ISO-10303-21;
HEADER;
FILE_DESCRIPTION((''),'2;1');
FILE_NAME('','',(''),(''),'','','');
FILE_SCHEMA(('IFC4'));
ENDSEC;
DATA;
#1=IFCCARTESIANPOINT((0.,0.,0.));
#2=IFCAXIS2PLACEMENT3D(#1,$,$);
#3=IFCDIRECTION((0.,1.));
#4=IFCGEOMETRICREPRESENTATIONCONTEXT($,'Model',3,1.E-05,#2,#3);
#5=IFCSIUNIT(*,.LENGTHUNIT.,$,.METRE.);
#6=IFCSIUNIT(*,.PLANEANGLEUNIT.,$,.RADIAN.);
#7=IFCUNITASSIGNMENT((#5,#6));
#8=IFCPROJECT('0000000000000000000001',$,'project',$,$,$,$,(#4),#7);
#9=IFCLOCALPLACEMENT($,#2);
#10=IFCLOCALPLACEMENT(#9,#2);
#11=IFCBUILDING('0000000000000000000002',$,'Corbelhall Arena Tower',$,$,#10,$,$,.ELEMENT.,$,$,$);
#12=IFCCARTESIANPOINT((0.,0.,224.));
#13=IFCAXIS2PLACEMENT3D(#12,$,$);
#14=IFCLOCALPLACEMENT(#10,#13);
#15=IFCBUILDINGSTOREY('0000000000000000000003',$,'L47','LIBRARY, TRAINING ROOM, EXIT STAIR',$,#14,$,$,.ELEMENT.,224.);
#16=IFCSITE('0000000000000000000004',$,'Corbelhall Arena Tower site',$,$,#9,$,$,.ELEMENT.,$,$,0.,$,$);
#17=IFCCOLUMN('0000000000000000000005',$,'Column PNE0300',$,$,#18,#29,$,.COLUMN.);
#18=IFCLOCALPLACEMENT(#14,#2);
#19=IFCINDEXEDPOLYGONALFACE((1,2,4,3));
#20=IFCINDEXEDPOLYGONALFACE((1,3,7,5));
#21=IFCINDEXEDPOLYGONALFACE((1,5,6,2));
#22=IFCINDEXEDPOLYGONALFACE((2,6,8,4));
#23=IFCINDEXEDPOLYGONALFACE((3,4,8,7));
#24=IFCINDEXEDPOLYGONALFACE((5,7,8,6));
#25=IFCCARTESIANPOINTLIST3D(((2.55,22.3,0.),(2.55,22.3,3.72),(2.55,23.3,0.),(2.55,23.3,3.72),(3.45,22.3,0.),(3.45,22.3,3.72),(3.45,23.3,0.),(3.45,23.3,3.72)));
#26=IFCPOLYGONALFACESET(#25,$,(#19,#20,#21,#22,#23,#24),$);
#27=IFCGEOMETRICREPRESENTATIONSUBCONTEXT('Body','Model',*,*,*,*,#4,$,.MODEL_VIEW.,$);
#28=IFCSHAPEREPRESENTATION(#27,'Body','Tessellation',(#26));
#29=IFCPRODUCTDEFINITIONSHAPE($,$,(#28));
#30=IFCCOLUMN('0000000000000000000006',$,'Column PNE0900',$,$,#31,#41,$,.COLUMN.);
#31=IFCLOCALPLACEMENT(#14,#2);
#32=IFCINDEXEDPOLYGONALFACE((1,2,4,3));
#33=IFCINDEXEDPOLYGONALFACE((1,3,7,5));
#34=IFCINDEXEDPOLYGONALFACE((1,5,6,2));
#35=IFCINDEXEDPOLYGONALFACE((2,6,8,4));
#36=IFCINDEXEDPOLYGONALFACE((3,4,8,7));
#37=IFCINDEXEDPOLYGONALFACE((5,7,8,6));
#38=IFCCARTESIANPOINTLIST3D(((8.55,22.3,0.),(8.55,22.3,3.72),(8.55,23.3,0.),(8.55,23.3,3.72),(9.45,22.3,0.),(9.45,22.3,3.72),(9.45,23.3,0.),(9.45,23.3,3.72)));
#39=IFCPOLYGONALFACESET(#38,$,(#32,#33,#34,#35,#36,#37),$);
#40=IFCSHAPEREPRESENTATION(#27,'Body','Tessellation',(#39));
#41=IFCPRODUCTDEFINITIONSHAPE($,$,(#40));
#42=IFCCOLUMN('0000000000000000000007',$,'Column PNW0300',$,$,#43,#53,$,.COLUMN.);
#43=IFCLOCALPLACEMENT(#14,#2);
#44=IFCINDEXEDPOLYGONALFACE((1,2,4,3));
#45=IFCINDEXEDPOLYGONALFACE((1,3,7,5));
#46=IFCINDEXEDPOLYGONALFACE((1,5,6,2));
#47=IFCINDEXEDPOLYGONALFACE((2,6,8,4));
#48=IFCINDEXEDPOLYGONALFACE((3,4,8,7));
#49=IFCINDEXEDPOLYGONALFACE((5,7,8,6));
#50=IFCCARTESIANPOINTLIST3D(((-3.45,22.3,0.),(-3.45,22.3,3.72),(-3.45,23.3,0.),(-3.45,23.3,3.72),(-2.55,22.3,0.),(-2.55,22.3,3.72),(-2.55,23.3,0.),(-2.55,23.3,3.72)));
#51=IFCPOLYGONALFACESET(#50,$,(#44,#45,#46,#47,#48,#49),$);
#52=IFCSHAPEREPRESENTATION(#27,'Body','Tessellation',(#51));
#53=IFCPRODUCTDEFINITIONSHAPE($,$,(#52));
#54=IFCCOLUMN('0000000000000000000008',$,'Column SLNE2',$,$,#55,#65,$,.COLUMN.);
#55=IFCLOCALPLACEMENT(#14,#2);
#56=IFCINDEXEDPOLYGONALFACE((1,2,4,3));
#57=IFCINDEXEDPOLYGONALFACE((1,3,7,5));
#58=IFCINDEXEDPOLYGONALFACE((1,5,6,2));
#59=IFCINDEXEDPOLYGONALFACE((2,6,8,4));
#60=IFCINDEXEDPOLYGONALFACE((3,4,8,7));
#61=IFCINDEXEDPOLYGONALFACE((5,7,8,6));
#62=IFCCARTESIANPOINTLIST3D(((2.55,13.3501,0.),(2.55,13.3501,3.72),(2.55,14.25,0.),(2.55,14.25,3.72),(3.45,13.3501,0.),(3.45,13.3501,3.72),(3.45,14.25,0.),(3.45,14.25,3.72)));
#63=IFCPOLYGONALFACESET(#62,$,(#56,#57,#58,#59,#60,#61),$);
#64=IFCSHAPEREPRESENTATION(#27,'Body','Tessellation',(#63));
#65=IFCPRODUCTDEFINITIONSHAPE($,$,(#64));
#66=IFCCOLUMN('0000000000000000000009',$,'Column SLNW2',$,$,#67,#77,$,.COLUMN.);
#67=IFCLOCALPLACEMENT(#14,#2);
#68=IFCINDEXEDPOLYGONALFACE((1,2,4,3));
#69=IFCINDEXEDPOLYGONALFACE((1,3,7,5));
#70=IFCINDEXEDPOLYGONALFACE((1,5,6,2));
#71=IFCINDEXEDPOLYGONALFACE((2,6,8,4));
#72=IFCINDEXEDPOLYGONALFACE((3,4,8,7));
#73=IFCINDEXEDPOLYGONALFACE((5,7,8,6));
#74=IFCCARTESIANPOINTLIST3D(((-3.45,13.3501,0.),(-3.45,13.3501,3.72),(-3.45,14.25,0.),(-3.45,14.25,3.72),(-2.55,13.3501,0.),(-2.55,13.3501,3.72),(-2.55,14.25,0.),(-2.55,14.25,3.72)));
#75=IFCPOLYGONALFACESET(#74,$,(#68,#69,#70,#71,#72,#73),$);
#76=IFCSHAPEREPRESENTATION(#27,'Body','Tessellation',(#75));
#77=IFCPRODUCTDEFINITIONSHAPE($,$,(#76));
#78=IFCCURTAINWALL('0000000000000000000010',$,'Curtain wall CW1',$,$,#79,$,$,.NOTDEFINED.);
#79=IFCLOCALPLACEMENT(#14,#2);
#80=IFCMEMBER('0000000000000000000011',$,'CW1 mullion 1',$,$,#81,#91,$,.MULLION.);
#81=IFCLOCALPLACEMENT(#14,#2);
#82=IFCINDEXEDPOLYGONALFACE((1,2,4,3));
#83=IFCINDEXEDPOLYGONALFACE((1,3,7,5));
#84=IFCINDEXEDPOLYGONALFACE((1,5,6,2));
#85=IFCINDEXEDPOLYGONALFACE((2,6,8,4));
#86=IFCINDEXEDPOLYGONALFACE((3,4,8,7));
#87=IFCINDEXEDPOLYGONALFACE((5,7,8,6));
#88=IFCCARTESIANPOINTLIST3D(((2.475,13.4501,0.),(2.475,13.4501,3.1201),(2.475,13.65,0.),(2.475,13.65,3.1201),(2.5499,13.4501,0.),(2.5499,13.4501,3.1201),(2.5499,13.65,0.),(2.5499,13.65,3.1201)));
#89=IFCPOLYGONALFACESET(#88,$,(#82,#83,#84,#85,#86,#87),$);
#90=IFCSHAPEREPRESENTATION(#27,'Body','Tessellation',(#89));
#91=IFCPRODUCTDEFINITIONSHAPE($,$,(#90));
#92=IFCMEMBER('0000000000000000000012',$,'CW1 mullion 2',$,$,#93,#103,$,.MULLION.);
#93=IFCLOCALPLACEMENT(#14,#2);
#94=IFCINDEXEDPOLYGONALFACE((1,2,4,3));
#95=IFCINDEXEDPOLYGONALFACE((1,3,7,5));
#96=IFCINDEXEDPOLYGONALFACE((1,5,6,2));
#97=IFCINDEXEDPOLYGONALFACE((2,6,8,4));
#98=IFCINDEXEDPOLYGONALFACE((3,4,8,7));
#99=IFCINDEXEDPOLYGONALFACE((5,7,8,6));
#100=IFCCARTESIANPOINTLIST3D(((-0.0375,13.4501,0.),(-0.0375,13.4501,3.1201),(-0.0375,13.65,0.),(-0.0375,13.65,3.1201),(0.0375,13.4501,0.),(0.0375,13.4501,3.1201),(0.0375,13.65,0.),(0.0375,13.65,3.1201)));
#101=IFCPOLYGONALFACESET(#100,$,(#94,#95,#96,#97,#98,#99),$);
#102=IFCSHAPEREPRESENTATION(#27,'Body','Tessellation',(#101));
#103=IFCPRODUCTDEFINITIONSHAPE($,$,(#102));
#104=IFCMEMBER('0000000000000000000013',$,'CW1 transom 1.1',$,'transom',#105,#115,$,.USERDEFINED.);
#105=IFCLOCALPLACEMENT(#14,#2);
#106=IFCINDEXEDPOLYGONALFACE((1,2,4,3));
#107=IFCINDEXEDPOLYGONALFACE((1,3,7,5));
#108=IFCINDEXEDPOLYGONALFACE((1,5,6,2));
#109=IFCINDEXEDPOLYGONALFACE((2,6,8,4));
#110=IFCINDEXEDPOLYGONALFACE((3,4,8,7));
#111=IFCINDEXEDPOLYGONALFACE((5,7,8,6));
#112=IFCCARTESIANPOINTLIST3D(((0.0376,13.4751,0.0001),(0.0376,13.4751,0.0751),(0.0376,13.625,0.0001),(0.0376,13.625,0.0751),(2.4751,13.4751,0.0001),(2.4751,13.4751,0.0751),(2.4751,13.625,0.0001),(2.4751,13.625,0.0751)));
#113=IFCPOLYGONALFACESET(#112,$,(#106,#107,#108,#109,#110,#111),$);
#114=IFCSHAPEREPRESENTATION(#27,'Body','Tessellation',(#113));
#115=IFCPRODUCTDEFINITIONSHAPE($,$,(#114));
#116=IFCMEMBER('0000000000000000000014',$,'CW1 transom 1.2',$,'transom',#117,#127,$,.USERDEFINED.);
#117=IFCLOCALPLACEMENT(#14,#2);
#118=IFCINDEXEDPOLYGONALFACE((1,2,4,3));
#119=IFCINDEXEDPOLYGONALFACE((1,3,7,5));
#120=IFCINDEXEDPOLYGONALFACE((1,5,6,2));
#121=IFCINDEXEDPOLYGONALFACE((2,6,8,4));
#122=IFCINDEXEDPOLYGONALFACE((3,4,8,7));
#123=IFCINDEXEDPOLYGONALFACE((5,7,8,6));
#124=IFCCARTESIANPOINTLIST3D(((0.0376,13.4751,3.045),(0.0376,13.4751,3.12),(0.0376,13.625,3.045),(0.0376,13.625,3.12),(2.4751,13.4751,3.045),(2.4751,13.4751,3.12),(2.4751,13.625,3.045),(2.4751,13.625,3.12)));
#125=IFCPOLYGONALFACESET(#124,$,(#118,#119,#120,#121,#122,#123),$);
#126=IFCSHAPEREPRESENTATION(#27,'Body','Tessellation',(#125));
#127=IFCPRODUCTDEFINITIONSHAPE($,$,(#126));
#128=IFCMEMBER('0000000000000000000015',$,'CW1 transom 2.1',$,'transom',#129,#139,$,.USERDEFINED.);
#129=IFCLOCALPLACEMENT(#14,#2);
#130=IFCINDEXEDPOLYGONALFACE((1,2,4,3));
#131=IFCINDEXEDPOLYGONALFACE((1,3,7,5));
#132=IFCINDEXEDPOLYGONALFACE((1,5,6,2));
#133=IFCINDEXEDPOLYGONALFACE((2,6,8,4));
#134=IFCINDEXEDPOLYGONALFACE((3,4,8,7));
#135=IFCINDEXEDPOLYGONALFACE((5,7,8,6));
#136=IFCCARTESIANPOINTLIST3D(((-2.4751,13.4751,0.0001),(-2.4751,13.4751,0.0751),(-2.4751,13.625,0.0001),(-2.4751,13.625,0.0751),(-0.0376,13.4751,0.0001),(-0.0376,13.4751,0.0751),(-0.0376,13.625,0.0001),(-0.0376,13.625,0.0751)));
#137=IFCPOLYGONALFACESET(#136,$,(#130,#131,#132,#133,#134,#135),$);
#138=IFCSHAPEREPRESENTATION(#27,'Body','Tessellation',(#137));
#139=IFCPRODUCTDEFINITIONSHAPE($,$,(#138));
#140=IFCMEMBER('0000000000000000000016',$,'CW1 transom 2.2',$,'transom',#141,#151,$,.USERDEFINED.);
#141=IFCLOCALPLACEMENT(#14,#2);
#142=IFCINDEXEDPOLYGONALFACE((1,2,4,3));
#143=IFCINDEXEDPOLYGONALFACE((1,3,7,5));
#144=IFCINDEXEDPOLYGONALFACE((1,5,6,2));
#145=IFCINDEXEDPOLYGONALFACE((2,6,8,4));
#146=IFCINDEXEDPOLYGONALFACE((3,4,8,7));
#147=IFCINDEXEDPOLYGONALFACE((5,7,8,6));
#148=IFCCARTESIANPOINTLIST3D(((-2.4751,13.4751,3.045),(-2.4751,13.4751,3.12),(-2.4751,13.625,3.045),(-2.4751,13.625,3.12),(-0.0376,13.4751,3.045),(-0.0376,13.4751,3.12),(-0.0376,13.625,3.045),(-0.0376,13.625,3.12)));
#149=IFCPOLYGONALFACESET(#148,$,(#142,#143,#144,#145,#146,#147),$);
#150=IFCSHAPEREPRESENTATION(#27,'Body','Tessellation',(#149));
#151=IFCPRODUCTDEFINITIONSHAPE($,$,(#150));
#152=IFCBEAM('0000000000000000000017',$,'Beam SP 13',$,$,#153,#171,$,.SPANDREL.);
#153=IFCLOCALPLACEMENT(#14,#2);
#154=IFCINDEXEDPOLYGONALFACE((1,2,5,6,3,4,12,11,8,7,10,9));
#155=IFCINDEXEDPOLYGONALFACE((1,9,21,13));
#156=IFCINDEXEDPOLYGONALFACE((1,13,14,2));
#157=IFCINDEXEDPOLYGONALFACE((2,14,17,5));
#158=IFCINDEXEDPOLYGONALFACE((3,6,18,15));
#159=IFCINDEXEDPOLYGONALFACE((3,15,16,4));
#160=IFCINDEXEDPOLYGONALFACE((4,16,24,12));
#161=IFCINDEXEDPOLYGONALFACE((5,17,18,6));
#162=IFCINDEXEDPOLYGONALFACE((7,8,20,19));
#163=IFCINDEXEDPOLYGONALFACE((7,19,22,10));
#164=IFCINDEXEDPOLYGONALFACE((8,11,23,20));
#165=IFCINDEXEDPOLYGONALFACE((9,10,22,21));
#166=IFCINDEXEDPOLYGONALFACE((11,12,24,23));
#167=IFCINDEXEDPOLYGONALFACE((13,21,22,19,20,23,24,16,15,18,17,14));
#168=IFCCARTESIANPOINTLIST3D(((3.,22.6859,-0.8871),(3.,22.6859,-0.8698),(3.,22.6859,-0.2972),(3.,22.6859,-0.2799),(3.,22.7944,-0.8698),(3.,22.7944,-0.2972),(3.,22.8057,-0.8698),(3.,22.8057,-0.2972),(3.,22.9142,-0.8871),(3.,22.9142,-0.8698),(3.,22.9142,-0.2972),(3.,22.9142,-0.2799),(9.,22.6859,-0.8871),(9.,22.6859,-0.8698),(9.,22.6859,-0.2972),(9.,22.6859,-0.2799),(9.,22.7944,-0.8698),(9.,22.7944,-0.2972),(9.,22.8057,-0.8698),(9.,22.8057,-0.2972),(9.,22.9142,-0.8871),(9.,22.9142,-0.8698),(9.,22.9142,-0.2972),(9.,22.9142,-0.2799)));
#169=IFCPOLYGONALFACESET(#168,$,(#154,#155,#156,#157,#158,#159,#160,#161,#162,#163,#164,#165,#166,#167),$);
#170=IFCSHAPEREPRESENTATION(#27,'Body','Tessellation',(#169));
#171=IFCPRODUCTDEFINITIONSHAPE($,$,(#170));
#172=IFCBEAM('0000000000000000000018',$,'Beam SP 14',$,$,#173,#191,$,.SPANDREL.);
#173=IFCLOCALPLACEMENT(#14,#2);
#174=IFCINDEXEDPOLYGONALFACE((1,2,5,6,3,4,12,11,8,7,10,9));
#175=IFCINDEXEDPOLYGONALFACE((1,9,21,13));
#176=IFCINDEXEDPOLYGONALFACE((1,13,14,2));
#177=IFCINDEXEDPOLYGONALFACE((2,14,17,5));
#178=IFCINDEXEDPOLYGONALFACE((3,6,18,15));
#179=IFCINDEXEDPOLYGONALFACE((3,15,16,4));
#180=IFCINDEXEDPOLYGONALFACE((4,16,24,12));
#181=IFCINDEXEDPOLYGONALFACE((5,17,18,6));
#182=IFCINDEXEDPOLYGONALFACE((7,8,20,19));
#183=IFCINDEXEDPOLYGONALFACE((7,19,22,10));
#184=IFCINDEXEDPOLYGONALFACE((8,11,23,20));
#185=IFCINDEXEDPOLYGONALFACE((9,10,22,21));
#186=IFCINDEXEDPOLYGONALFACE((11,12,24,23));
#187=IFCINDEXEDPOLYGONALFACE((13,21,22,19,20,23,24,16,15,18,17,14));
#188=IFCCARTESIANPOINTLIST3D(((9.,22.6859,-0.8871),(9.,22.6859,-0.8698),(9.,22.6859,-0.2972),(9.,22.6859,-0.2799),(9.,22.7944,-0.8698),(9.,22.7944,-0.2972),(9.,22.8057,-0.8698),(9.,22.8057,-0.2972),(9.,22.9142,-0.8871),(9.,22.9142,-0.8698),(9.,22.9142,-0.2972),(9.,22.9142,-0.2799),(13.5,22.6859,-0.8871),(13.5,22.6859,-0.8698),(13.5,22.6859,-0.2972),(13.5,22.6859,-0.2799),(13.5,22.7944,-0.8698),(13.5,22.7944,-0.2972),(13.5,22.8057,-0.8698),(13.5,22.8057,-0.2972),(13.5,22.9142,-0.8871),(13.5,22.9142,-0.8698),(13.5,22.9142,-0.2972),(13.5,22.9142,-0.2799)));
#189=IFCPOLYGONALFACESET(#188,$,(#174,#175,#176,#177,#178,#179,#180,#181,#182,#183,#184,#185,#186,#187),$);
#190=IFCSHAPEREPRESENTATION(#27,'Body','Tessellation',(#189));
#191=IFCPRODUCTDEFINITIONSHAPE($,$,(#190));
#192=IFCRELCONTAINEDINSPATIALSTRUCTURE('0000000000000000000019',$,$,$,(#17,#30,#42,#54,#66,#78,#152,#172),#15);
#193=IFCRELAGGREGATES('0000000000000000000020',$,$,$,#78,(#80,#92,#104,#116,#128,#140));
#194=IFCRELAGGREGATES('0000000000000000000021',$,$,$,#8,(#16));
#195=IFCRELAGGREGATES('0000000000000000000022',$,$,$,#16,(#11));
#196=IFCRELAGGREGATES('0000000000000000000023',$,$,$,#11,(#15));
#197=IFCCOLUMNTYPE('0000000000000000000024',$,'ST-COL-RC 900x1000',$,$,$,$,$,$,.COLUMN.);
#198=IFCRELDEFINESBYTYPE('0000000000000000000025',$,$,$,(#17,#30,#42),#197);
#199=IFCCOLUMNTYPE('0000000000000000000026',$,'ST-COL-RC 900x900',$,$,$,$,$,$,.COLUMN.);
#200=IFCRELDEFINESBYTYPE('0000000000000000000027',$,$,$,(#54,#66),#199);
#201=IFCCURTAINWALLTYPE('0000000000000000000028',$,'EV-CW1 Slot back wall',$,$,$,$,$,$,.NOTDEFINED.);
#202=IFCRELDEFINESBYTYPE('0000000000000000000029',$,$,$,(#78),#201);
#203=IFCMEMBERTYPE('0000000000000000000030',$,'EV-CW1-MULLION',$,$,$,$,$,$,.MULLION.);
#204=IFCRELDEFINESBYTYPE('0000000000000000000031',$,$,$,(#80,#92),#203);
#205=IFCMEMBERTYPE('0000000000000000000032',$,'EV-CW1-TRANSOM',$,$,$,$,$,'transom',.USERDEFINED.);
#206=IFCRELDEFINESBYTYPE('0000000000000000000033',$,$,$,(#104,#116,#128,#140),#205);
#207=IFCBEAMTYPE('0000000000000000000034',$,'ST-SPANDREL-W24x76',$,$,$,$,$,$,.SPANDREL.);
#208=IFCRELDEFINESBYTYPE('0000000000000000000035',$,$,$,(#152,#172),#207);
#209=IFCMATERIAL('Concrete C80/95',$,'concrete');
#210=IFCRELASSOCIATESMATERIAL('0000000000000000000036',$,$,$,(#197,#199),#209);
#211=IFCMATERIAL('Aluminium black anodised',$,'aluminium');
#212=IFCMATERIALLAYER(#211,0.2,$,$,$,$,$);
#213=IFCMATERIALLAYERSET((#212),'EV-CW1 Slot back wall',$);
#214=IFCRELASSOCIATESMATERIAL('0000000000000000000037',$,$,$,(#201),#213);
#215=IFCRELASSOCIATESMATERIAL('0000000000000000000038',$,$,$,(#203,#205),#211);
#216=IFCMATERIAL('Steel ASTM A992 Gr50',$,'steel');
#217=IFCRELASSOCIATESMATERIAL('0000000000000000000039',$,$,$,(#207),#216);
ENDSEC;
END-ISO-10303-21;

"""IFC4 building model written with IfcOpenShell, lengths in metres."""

from ifc_helpers import new_model, si_unit, direction, frame, origin, origin_2d, place, context, subcontext, project, spatial, rectangle, i_section, extrude, material, layer, layer_set, material_profile, profile_set, type_object, element, aggregate, save


model = new_model("IFC4")

# Units and contexts
model_context = context("Model", 3, precision=1e-05, world=origin(), true_north=direction((0.0, 1.0)))
body_context = subcontext(model_context, "Body", "Model", "MODEL_VIEW")
ifc_project = project(units=[si_unit("LENGTHUNIT", "METRE"), si_unit("PLANEANGLEUNIT", "RADIAN")], contexts=[model_context])

# Site, building, storey
site_placement = place(None, origin())
site = spatial("IfcSite", under=ifc_project, at=site_placement, Name="Corbelhall Arena Tower site", CompositionType="ELEMENT", RefElevation=0.0)
building_placement = place(site_placement, origin())
building = spatial("IfcBuilding", under=site, at=building_placement, Name="Corbelhall Arena Tower", CompositionType="ELEMENT")
storey_placement = place(building_placement, frame((0.0, 0.0, 224.0)))
storey = spatial("IfcBuildingStorey", under=building, at=storey_placement, Name="L47", Description="LIBRARY, TRAINING ROOM, EXIT STAIR", CompositionType="ELEMENT", Elevation=224.0)

# Columns
ifc_material_1 = material(Name="Concrete C80/95", Category="concrete")
ifc_material_profile_1 = material_profile(ifc_material_1, rectangle(XDim=0.8999, YDim=1.0, at=origin_2d()))
ifc_profile_set_1 = profile_set([ifc_material_profile_1], Name="Concrete C80/95")
column_type_1 = type_object("IfcColumnType", Name="ST-COL-RC 900x1000", PredefinedType="COLUMN", material=ifc_profile_set_1)
for number, where, z_axis, x_axis, name in (
    (1, (3.0, 22.8, 0.0), (0.0, 0.0, 1.0), (1.0, 0.0, 0.0), "Column PNE0300"),
    (2, (9.0, 22.8, 0.0), (0.0, 0.0, 1.0), (1.0, 0.0, 0.0), "Column PNE0900"),
    (3, (-3.0, 22.8, 0.0), (0.0, 0.0, 1.0), (1.0, 0.0, 0.0), "Column PNW0300"),
):
    element("IfcColumn", number, at=place(storey_placement, frame(where, z_axis=z_axis, x_axis=x_axis)), inside=storey, type_object=column_type_1, Name=name, PredefinedType="COLUMN", context=body_context, shape_type="SweptSolid", body=[
        extrude(rectangle(XDim=0.8999, YDim=1.0, at=origin_2d()), origin(), (0.0, 0.0, 1.0), 3.72),
    ])
ifc_material_profile_2 = material_profile(ifc_material_1, rectangle(XDim=0.8999, YDim=0.8999, at=origin_2d()))
ifc_profile_set_2 = profile_set([ifc_material_profile_2], Name="Concrete C80/95")
column_type_2 = type_object("IfcColumnType", Name="ST-COL-RC 900x900", PredefinedType="COLUMN", material=ifc_profile_set_2)
for number, where, z_axis, x_axis, name in (
    (4, (3.0, 13.8, 0.0), (0.0, 0.0, 1.0), (1.0, 0.0, 0.0), "Column SLNE2"),
    (5, (-3.0, 13.8, 0.0), (0.0, 0.0, 1.0), (1.0, 0.0, 0.0), "Column SLNW2"),
):
    element("IfcColumn", number, at=place(storey_placement, frame(where, z_axis=z_axis, x_axis=x_axis)), inside=storey, type_object=column_type_2, Name=name, PredefinedType="COLUMN", context=body_context, shape_type="SweptSolid", body=[
        extrude(rectangle(XDim=0.8999, YDim=0.8999, at=origin_2d()), origin(), (0.0, 0.0, 1.0), 3.72),
    ])

# Curtain wall, members
ifc_material_2 = material(Name="Aluminium black anodised", Category="aluminium")
ifc_layer_1 = layer(ifc_material_2, 0.2)
ifc_layer_set_1 = layer_set([ifc_layer_1], Name="EV-CW1 Slot back wall")
curtain_wall_type = type_object("IfcCurtainWallType", Name="EV-CW1 Slot back wall", PredefinedType="NOTDEFINED", material=ifc_layer_set_1)
curtain_wall_placement = place(storey_placement, origin())
curtain_wall = element("IfcCurtainWall", 6, at=curtain_wall_placement, inside=storey, type_object=curtain_wall_type, Name="Curtain wall CW1", PredefinedType="NOTDEFINED")
ifc_material_profile_3 = material_profile(ifc_material_2, rectangle(XDim=0.2, YDim=0.075, at=origin_2d()))
ifc_profile_set_3 = profile_set([ifc_material_profile_3], Name="Aluminium black anodised")
member_type_1 = type_object("IfcMemberType", Name="EV-CW1-MULLION", PredefinedType="MULLION", material=ifc_profile_set_3)
member_1_placement = place(storey_placement, frame((2.5125, 13.55, 0.0), z_axis=(0.0, 0.0, 1.0), x_axis=(0.0, -1.0, 0.0)))
member_1 = element("IfcMember", 7, at=member_1_placement, type_object=member_type_1, Name="CW1 mullion 1", PredefinedType="MULLION", context=body_context, shape_type="SweptSolid", body=[
    extrude(rectangle(XDim=0.2, YDim=0.075, at=origin_2d()), origin(), (0.0, 0.0, 1.0), 3.1201),
])
member_2_placement = place(storey_placement, frame((0.0, 13.55, 0.0), z_axis=(0.0, 0.0, 1.0), x_axis=(0.0, -1.0, 0.0)))
member_2 = element("IfcMember", 8, at=member_2_placement, type_object=member_type_1, Name="CW1 mullion 2", PredefinedType="MULLION", context=body_context, shape_type="SweptSolid", body=[
    extrude(rectangle(XDim=0.2, YDim=0.075, at=origin_2d()), origin(), (0.0, 0.0, 1.0), 3.1201),
])
ifc_material_profile_4 = material_profile(ifc_material_2, rectangle(XDim=0.1499, YDim=0.075, at=origin_2d()))
ifc_profile_set_4 = profile_set([ifc_material_profile_4], Name="Aluminium black anodised")
member_type_2 = type_object("IfcMemberType", Name="EV-CW1-TRANSOM", ElementType="transom", PredefinedType="USERDEFINED", material=ifc_profile_set_4)
member_3_placement = place(storey_placement, frame((2.4751, 13.55, 0.0376), z_axis=(-1.0, 0.0, 0.0), x_axis=(0.0, -1.0, 0.0)))
member_3 = element("IfcMember", 9, at=member_3_placement, type_object=member_type_2, Name="CW1 transom 1.1", ObjectType="transom", PredefinedType="USERDEFINED", context=body_context, shape_type="SweptSolid", body=[
    extrude(rectangle(XDim=0.1499, YDim=0.075, at=origin_2d()), origin(), (0.0, 0.0, 1.0), 2.4375),
])
member_4_placement = place(storey_placement, frame((2.4751, 13.55, 3.0825), z_axis=(-1.0, 0.0, 0.0), x_axis=(0.0, -1.0, 0.0)))
member_4 = element("IfcMember", 10, at=member_4_placement, type_object=member_type_2, Name="CW1 transom 1.2", ObjectType="transom", PredefinedType="USERDEFINED", context=body_context, shape_type="SweptSolid", body=[
    extrude(rectangle(XDim=0.1499, YDim=0.075, at=origin_2d()), origin(), (0.0, 0.0, 1.0), 2.4375),
])
member_5_placement = place(storey_placement, frame((-0.0376, 13.55, 0.0376), z_axis=(-1.0, 0.0, 0.0), x_axis=(0.0, -1.0, 0.0)))
member_5 = element("IfcMember", 11, at=member_5_placement, type_object=member_type_2, Name="CW1 transom 2.1", ObjectType="transom", PredefinedType="USERDEFINED", context=body_context, shape_type="SweptSolid", body=[
    extrude(rectangle(XDim=0.1499, YDim=0.075, at=origin_2d()), origin(), (0.0, 0.0, 1.0), 2.4375),
])
member_6_placement = place(storey_placement, frame((-0.0376, 13.55, 3.0825), z_axis=(-1.0, 0.0, 0.0), x_axis=(0.0, -1.0, 0.0)))
member_6 = element("IfcMember", 12, at=member_6_placement, type_object=member_type_2, Name="CW1 transom 2.2", ObjectType="transom", PredefinedType="USERDEFINED", context=body_context, shape_type="SweptSolid", body=[
    extrude(rectangle(XDim=0.1499, YDim=0.075, at=origin_2d()), origin(), (0.0, 0.0, 1.0), 2.4375),
])

# Beams
ifc_material_3 = material(Name="Steel ASTM A992 Gr50", Category="steel")
ifc_material_profile_5 = material_profile(ifc_material_3, i_section(OverallWidth=0.2283, OverallDepth=0.6072, WebThickness=0.0112, FlangeThickness=0.0173, at=origin_2d()))
ifc_profile_set_5 = profile_set([ifc_material_profile_5], Name="Steel ASTM A992 Gr50")
beam_type_1 = type_object("IfcBeamType", Name="ST-SPANDREL-W24x76", PredefinedType="SPANDREL", material=ifc_profile_set_5)
beam_1_placement = place(storey_placement, frame((3.0, 22.8, -0.5835), z_axis=(1.0, 0.0, 0.0), x_axis=(0.0, 1.0, 0.0)))
element("IfcBeam", 13, at=beam_1_placement, inside=storey, type_object=beam_type_1, Name="Beam SP 13", PredefinedType="SPANDREL", context=body_context, shape_type="SweptSolid", body=[
    extrude(i_section(OverallWidth=0.2283, OverallDepth=0.6072, WebThickness=0.0112, FlangeThickness=0.0173, at=origin_2d()), origin(), (0.0, 0.0, 1.0), 6.0),
])
beam_2_placement = place(storey_placement, frame((9.0, 22.8, -0.5835), z_axis=(1.0, 0.0, 0.0), x_axis=(0.0, 1.0, 0.0)))
element("IfcBeam", 14, at=beam_2_placement, inside=storey, type_object=beam_type_1, Name="Beam SP 14", PredefinedType="SPANDREL", context=body_context, shape_type="SweptSolid", body=[
    extrude(i_section(OverallWidth=0.2283, OverallDepth=0.6072, WebThickness=0.0112, FlangeThickness=0.0173, at=origin_2d()), origin(), (0.0, 0.0, 1.0), 4.5),
])

aggregate(curtain_wall, [member_1, member_2, member_3, member_4, member_5, member_6])

save(model, "model.ifc")
